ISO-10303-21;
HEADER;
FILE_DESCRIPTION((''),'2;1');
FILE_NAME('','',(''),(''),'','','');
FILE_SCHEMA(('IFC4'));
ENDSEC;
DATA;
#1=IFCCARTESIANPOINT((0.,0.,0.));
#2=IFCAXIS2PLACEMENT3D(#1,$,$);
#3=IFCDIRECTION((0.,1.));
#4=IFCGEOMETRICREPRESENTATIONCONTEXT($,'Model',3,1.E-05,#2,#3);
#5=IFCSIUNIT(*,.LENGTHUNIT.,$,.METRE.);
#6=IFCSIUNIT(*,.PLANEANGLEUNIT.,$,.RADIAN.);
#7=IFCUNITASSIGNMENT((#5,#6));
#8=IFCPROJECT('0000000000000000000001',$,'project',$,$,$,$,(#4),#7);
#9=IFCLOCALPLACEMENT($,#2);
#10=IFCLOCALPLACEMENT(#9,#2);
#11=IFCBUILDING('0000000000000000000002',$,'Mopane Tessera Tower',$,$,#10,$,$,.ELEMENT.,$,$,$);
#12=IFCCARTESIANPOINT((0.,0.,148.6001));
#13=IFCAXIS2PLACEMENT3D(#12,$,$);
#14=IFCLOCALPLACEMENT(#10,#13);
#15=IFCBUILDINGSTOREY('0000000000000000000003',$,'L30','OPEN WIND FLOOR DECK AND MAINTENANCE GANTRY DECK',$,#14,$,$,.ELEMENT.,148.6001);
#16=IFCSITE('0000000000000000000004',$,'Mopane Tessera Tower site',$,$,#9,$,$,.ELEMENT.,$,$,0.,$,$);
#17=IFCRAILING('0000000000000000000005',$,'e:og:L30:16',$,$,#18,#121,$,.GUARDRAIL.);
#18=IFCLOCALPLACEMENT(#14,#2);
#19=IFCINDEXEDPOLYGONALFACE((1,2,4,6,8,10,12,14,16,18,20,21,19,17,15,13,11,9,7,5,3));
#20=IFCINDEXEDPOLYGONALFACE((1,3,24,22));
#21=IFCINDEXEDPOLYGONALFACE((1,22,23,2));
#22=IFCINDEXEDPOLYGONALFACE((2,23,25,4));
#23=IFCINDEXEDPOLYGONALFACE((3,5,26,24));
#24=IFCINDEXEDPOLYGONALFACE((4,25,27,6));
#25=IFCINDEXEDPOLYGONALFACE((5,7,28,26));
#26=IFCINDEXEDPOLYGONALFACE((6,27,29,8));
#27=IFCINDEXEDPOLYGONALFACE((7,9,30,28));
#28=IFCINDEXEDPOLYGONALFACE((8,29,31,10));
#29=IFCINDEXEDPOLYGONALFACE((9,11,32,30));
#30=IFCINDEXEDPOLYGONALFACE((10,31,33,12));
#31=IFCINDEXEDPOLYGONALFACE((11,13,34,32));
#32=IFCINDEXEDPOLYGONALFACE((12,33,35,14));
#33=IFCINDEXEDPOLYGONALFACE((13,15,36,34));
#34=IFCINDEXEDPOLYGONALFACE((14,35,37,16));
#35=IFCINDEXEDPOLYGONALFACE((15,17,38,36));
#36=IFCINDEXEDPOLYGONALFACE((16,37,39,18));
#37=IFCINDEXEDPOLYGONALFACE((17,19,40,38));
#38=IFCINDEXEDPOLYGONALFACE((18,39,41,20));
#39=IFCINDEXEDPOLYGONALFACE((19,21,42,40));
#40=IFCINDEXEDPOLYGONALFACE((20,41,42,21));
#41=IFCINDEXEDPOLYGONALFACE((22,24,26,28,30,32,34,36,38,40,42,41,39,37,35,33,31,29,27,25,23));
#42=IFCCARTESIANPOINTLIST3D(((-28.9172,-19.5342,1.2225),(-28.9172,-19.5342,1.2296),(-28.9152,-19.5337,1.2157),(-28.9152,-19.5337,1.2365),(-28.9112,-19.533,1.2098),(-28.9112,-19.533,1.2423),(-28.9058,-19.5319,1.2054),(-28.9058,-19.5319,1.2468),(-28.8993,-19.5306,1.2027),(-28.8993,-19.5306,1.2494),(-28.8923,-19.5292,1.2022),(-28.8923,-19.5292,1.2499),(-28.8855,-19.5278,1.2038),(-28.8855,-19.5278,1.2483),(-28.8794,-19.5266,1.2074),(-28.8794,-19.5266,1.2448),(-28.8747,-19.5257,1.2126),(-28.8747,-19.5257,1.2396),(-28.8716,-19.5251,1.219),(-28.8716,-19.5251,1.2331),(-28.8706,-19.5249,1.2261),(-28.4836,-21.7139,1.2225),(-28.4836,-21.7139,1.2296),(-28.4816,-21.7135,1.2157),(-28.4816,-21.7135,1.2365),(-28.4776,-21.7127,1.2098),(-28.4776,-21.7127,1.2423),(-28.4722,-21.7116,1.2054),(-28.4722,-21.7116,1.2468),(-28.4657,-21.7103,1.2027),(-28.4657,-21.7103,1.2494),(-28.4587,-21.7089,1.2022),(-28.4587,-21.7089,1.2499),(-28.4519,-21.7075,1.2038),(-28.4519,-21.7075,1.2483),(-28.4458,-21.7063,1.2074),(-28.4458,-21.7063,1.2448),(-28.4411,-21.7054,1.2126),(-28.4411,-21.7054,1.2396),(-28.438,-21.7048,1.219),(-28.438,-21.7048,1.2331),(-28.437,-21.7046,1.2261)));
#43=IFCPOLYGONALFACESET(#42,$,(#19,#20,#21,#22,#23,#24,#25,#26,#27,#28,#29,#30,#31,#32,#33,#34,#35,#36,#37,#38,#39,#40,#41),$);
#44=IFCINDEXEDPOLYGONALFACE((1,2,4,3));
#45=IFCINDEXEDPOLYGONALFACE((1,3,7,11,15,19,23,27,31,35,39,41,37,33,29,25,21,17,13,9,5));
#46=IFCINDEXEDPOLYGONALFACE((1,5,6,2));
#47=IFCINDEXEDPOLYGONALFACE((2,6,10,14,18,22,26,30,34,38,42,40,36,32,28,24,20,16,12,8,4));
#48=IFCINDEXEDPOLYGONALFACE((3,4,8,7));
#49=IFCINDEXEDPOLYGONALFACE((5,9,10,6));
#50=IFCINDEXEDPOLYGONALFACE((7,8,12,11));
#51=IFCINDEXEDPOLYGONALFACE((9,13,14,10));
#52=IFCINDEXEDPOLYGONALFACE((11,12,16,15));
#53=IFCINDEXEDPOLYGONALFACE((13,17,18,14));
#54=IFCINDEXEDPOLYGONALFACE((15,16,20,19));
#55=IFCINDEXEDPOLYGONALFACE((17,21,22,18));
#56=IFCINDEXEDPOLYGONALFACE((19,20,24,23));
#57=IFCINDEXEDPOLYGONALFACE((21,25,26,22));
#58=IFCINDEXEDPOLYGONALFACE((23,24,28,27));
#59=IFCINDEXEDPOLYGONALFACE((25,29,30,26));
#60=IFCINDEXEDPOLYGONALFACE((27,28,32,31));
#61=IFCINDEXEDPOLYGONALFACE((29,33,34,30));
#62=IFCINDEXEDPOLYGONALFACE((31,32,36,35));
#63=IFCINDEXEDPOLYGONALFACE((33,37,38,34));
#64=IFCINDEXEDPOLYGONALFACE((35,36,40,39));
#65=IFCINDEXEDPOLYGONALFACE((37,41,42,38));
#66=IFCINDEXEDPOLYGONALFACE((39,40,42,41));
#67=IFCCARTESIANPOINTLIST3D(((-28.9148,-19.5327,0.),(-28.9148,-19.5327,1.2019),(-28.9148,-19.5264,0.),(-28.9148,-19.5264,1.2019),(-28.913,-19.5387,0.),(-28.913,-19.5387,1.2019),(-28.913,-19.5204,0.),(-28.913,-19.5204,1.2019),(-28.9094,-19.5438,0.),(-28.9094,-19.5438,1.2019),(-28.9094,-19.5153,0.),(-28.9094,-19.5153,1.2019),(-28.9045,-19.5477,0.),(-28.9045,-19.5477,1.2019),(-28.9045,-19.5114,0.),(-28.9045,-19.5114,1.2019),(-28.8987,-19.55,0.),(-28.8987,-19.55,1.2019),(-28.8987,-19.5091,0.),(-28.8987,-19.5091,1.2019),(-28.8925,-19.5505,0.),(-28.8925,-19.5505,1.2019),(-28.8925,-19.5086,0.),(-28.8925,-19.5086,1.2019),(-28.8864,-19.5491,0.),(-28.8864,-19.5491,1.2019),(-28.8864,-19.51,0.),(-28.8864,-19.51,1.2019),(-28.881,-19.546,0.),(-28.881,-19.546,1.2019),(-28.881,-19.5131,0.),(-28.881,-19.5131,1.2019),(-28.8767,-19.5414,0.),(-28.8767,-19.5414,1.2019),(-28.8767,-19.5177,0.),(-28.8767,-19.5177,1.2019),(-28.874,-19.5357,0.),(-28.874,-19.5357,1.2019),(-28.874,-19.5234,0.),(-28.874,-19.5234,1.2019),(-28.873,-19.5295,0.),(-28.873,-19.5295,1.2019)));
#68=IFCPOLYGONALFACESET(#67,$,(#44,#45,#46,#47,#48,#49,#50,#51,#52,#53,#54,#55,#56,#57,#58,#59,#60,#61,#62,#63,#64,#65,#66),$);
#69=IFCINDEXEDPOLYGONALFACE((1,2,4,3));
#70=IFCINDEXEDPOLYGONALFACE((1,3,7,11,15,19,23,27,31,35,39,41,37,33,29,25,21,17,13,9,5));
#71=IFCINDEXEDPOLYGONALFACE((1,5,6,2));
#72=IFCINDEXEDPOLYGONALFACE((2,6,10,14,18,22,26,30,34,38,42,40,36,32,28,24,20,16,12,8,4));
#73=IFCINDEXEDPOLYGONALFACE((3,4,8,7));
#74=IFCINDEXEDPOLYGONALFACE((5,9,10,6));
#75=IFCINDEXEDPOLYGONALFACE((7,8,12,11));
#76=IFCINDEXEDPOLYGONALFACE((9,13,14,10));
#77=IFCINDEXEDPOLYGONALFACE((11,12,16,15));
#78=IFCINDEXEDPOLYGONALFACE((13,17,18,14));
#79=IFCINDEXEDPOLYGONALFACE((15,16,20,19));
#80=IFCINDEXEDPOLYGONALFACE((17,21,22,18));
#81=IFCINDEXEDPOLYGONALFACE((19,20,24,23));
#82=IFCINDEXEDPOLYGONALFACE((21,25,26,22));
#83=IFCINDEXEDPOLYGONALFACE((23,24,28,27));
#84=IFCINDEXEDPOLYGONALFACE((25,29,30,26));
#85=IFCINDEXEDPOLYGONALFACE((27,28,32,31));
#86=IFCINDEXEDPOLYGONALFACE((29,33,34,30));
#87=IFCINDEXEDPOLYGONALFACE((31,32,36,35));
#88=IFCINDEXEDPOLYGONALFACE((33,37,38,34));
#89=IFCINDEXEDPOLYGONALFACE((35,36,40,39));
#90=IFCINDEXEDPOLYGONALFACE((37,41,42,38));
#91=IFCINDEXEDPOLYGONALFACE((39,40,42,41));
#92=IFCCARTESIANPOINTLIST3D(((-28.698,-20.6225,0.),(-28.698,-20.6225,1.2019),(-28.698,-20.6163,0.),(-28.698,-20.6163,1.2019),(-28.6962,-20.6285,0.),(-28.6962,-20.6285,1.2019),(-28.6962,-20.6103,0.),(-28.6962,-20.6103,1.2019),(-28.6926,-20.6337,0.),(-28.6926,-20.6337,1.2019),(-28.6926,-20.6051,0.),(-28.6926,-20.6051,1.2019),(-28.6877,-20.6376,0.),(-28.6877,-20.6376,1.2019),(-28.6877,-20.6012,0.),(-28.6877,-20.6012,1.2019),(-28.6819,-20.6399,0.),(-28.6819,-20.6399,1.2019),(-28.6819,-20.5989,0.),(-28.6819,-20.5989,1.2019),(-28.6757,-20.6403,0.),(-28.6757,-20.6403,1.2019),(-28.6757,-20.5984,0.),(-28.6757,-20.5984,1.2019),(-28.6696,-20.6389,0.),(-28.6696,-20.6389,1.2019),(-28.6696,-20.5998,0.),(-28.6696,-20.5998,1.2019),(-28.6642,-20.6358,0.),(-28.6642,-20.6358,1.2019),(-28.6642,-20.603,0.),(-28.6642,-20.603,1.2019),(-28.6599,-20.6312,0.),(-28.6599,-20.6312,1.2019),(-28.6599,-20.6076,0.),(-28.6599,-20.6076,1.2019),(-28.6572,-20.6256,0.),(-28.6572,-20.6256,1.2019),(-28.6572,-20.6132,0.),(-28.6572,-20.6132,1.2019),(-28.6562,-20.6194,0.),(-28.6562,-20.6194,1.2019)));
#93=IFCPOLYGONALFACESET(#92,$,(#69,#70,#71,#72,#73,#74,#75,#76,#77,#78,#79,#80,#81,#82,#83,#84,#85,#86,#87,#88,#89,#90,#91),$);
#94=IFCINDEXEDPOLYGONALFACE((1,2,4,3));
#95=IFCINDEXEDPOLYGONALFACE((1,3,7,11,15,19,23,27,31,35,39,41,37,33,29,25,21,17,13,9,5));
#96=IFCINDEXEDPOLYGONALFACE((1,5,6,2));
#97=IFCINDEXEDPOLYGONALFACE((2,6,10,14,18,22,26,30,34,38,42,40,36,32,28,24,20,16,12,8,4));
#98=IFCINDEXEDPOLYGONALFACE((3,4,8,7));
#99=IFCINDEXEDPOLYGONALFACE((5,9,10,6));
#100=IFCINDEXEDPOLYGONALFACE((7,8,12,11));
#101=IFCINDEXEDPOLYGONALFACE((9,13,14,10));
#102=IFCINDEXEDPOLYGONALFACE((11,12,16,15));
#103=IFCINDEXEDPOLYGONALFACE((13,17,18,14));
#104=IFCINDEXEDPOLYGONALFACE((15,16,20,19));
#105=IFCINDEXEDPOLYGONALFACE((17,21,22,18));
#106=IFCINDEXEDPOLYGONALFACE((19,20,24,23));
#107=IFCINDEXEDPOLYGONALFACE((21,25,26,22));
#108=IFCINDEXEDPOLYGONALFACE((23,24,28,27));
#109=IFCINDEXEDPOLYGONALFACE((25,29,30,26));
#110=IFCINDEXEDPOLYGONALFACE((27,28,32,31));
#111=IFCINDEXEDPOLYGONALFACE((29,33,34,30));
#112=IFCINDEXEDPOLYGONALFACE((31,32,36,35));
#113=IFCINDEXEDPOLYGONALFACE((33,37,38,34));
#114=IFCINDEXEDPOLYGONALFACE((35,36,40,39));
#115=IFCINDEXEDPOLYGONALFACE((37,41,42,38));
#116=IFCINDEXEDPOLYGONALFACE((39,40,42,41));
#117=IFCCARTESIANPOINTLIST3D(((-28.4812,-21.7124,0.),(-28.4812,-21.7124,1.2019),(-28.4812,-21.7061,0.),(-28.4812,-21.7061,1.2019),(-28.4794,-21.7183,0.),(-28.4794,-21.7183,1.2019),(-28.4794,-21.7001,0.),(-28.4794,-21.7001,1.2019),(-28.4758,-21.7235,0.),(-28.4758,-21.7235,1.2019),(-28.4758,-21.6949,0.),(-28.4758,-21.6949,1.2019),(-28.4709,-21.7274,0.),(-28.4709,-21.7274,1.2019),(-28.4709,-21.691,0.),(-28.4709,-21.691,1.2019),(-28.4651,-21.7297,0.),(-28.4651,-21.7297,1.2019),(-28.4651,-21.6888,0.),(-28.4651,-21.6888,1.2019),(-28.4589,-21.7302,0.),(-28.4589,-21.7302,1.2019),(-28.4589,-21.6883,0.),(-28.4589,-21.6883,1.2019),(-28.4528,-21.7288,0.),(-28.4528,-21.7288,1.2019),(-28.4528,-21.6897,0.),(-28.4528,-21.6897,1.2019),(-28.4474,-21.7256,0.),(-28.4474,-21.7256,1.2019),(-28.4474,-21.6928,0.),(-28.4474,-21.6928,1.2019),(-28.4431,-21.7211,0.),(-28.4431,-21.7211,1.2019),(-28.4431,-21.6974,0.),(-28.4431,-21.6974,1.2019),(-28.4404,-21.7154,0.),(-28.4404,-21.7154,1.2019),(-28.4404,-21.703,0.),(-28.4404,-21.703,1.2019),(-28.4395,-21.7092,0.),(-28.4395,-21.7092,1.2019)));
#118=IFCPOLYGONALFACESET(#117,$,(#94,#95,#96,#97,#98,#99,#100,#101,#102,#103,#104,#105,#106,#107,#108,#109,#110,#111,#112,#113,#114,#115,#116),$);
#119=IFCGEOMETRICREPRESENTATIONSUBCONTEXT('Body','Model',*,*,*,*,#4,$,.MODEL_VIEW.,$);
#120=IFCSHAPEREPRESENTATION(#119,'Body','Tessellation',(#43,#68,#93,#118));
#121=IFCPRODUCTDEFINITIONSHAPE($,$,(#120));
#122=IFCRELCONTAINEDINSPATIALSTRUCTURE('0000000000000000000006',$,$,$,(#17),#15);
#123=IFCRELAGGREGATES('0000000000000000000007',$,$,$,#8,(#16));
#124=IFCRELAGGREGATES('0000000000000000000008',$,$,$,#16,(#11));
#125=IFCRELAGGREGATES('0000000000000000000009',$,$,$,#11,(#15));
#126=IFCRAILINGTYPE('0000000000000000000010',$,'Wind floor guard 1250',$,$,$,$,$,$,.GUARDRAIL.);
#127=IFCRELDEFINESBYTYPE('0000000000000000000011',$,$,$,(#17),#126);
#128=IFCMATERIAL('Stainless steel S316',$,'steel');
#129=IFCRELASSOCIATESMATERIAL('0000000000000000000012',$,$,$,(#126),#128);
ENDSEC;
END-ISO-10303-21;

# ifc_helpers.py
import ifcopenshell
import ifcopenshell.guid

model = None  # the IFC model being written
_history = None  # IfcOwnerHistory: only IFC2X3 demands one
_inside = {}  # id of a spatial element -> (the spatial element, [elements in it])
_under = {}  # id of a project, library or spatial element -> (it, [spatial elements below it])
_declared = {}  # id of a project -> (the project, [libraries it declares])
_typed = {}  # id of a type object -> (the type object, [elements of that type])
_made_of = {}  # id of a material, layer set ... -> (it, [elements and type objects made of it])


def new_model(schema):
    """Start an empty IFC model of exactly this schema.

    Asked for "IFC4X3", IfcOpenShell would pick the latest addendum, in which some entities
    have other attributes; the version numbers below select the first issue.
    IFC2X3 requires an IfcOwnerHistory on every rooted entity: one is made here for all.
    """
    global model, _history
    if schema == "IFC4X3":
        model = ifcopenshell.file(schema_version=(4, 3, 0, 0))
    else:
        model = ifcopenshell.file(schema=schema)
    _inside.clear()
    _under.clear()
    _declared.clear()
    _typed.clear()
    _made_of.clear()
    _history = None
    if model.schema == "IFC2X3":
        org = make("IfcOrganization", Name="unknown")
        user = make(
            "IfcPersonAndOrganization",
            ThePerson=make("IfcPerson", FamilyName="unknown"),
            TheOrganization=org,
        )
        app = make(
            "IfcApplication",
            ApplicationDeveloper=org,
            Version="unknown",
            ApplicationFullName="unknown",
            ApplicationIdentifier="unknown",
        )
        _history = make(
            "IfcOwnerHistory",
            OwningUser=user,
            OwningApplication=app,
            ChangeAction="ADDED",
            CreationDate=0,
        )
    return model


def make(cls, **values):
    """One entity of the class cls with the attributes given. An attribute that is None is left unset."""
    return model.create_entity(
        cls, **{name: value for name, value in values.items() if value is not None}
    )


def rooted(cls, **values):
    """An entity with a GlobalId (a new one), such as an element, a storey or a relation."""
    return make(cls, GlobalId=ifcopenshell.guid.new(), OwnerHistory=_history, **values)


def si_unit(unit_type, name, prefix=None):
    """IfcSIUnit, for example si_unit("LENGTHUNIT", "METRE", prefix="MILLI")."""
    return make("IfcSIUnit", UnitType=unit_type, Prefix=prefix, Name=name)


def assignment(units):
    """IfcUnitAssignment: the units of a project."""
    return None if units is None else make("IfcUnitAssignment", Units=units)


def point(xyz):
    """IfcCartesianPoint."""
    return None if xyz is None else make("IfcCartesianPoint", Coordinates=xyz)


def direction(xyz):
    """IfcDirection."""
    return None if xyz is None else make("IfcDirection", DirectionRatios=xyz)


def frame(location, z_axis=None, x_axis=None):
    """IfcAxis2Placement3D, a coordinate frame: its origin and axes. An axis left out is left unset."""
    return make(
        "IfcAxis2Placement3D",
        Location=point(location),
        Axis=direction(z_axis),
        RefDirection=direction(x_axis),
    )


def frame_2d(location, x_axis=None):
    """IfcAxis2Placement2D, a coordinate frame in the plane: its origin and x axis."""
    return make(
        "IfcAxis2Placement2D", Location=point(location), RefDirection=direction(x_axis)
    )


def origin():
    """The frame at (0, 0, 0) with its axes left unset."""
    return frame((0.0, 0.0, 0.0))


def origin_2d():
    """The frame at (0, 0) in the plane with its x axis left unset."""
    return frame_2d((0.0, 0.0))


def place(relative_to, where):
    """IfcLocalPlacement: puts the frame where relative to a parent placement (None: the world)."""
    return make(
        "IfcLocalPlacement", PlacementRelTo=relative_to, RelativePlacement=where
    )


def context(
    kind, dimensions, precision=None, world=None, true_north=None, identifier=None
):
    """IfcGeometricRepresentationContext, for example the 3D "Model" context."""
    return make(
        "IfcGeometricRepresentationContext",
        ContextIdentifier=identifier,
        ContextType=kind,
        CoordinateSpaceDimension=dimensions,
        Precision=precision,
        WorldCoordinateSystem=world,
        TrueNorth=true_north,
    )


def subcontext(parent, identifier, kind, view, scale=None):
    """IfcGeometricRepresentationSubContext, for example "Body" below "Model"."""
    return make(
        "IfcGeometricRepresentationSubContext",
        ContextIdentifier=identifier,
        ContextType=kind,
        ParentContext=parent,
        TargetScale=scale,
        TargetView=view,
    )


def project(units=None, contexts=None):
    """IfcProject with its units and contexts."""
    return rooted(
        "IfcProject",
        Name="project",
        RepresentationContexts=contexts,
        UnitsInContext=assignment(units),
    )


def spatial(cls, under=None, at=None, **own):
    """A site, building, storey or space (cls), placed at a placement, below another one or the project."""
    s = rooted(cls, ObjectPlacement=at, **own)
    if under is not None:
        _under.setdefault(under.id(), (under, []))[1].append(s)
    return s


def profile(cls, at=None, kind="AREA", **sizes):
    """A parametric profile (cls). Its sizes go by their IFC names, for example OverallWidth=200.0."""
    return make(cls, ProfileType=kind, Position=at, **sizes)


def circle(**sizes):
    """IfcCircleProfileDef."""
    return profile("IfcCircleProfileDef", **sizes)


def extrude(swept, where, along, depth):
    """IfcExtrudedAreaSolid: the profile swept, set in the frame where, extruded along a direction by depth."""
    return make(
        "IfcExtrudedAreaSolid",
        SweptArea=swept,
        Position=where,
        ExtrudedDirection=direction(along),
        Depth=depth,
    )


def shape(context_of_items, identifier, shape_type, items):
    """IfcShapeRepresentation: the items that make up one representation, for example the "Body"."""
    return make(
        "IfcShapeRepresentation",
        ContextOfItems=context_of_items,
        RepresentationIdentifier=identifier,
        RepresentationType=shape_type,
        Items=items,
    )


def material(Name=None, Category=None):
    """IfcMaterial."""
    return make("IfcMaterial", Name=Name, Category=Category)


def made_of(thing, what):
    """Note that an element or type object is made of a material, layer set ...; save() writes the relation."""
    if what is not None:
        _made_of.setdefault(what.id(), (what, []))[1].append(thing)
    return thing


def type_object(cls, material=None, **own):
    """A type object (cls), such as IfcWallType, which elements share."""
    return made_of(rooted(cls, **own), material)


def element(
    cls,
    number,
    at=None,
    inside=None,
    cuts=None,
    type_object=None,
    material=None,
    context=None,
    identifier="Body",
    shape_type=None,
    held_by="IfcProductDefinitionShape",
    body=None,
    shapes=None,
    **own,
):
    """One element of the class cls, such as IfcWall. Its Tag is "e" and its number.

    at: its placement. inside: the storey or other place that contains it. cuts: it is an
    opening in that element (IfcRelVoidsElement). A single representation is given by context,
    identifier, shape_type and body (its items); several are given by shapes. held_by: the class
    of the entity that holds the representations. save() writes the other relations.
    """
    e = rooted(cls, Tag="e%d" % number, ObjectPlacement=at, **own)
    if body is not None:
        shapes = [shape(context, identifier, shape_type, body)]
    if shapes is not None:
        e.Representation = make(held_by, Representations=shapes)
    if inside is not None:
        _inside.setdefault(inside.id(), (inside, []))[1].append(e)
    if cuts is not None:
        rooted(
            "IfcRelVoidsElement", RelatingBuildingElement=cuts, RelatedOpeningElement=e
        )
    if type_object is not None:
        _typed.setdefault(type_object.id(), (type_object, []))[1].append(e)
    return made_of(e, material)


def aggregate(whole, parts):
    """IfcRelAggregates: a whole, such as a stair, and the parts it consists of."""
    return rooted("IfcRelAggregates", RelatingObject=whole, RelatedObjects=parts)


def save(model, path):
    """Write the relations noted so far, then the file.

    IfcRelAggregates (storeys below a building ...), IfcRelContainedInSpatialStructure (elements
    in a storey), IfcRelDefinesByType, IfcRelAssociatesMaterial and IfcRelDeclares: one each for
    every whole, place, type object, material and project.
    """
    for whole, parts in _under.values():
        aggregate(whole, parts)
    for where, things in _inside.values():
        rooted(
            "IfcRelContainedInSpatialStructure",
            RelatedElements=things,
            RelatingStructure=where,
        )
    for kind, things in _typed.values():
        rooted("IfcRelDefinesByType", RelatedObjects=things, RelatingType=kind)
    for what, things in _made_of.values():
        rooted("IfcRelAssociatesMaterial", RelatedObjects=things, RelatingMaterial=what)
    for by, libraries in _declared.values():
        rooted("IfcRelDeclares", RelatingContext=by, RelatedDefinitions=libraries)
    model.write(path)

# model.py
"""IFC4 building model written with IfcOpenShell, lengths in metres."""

from ifc_helpers import new_model, si_unit, direction, frame, origin, origin_2d, place, context, subcontext, project, spatial, circle, extrude, material, type_object, element, save


model = new_model("IFC4")

# Units and contexts
model_context = context("Model", 3, precision=1e-05, world=origin(), true_north=direction((0.0, 1.0)))
body_context = subcontext(model_context, "Body", "Model", "MODEL_VIEW")
ifc_project = project(units=[si_unit("LENGTHUNIT", "METRE"), si_unit("PLANEANGLEUNIT", "RADIAN")], contexts=[model_context])

# Site, building, storey
site_placement = place(None, origin())
site = spatial("IfcSite", under=ifc_project, at=site_placement, Name="Mopane Tessera Tower site", CompositionType="ELEMENT", RefElevation=0.0)
building_placement = place(site_placement, origin())
building = spatial("IfcBuilding", under=site, at=building_placement, Name="Mopane Tessera Tower", CompositionType="ELEMENT")
storey_placement = place(building_placement, frame((0.0, 0.0, 148.6001)))
storey = spatial("IfcBuildingStorey", under=building, at=storey_placement, Name="L30", Description="OPEN WIND FLOOR DECK AND MAINTENANCE GANTRY DECK", CompositionType="ELEMENT", Elevation=148.6001)

# Railing
ifc_material_1 = material(Name="Stainless steel S316", Category="steel")
railing_type = type_object("IfcRailingType", Name="Wind floor guard 1250", PredefinedType="GUARDRAIL", material=ifc_material_1)
railing_1_placement = place(storey_placement, frame((-28.894, -19.5295, 0.0)))
element("IfcRailing", 1, at=railing_1_placement, inside=storey, type_object=railing_type, Name="e:og:L30:16", PredefinedType="GUARDRAIL", context=body_context, shape_type="SweptSolid", body=[
    extrude(circle(Radius=0.0239, at=origin_2d()), frame((0.0, 0.0, 1.2261), z_axis=(0.195102, -0.980783, 0.0), x_axis=(0.980783, 0.195102, 0.0)), (0.0, 0.0, 1.0), 2.2224),
    extrude(circle(Radius=0.021, at=origin_2d()), origin(), (0.0, 0.0, 1.0), 1.2019),
    extrude(circle(Radius=0.021, at=origin_2d()), frame((0.2168, -1.0898, 0.0)), (0.0, 0.0, 1.0), 1.2019),
    extrude(circle(Radius=0.021, at=origin_2d()), frame((0.4336, -2.1797, 0.0)), (0.0, 0.0, 1.0), 1.2019),
])

save(model, "model.ifc")
